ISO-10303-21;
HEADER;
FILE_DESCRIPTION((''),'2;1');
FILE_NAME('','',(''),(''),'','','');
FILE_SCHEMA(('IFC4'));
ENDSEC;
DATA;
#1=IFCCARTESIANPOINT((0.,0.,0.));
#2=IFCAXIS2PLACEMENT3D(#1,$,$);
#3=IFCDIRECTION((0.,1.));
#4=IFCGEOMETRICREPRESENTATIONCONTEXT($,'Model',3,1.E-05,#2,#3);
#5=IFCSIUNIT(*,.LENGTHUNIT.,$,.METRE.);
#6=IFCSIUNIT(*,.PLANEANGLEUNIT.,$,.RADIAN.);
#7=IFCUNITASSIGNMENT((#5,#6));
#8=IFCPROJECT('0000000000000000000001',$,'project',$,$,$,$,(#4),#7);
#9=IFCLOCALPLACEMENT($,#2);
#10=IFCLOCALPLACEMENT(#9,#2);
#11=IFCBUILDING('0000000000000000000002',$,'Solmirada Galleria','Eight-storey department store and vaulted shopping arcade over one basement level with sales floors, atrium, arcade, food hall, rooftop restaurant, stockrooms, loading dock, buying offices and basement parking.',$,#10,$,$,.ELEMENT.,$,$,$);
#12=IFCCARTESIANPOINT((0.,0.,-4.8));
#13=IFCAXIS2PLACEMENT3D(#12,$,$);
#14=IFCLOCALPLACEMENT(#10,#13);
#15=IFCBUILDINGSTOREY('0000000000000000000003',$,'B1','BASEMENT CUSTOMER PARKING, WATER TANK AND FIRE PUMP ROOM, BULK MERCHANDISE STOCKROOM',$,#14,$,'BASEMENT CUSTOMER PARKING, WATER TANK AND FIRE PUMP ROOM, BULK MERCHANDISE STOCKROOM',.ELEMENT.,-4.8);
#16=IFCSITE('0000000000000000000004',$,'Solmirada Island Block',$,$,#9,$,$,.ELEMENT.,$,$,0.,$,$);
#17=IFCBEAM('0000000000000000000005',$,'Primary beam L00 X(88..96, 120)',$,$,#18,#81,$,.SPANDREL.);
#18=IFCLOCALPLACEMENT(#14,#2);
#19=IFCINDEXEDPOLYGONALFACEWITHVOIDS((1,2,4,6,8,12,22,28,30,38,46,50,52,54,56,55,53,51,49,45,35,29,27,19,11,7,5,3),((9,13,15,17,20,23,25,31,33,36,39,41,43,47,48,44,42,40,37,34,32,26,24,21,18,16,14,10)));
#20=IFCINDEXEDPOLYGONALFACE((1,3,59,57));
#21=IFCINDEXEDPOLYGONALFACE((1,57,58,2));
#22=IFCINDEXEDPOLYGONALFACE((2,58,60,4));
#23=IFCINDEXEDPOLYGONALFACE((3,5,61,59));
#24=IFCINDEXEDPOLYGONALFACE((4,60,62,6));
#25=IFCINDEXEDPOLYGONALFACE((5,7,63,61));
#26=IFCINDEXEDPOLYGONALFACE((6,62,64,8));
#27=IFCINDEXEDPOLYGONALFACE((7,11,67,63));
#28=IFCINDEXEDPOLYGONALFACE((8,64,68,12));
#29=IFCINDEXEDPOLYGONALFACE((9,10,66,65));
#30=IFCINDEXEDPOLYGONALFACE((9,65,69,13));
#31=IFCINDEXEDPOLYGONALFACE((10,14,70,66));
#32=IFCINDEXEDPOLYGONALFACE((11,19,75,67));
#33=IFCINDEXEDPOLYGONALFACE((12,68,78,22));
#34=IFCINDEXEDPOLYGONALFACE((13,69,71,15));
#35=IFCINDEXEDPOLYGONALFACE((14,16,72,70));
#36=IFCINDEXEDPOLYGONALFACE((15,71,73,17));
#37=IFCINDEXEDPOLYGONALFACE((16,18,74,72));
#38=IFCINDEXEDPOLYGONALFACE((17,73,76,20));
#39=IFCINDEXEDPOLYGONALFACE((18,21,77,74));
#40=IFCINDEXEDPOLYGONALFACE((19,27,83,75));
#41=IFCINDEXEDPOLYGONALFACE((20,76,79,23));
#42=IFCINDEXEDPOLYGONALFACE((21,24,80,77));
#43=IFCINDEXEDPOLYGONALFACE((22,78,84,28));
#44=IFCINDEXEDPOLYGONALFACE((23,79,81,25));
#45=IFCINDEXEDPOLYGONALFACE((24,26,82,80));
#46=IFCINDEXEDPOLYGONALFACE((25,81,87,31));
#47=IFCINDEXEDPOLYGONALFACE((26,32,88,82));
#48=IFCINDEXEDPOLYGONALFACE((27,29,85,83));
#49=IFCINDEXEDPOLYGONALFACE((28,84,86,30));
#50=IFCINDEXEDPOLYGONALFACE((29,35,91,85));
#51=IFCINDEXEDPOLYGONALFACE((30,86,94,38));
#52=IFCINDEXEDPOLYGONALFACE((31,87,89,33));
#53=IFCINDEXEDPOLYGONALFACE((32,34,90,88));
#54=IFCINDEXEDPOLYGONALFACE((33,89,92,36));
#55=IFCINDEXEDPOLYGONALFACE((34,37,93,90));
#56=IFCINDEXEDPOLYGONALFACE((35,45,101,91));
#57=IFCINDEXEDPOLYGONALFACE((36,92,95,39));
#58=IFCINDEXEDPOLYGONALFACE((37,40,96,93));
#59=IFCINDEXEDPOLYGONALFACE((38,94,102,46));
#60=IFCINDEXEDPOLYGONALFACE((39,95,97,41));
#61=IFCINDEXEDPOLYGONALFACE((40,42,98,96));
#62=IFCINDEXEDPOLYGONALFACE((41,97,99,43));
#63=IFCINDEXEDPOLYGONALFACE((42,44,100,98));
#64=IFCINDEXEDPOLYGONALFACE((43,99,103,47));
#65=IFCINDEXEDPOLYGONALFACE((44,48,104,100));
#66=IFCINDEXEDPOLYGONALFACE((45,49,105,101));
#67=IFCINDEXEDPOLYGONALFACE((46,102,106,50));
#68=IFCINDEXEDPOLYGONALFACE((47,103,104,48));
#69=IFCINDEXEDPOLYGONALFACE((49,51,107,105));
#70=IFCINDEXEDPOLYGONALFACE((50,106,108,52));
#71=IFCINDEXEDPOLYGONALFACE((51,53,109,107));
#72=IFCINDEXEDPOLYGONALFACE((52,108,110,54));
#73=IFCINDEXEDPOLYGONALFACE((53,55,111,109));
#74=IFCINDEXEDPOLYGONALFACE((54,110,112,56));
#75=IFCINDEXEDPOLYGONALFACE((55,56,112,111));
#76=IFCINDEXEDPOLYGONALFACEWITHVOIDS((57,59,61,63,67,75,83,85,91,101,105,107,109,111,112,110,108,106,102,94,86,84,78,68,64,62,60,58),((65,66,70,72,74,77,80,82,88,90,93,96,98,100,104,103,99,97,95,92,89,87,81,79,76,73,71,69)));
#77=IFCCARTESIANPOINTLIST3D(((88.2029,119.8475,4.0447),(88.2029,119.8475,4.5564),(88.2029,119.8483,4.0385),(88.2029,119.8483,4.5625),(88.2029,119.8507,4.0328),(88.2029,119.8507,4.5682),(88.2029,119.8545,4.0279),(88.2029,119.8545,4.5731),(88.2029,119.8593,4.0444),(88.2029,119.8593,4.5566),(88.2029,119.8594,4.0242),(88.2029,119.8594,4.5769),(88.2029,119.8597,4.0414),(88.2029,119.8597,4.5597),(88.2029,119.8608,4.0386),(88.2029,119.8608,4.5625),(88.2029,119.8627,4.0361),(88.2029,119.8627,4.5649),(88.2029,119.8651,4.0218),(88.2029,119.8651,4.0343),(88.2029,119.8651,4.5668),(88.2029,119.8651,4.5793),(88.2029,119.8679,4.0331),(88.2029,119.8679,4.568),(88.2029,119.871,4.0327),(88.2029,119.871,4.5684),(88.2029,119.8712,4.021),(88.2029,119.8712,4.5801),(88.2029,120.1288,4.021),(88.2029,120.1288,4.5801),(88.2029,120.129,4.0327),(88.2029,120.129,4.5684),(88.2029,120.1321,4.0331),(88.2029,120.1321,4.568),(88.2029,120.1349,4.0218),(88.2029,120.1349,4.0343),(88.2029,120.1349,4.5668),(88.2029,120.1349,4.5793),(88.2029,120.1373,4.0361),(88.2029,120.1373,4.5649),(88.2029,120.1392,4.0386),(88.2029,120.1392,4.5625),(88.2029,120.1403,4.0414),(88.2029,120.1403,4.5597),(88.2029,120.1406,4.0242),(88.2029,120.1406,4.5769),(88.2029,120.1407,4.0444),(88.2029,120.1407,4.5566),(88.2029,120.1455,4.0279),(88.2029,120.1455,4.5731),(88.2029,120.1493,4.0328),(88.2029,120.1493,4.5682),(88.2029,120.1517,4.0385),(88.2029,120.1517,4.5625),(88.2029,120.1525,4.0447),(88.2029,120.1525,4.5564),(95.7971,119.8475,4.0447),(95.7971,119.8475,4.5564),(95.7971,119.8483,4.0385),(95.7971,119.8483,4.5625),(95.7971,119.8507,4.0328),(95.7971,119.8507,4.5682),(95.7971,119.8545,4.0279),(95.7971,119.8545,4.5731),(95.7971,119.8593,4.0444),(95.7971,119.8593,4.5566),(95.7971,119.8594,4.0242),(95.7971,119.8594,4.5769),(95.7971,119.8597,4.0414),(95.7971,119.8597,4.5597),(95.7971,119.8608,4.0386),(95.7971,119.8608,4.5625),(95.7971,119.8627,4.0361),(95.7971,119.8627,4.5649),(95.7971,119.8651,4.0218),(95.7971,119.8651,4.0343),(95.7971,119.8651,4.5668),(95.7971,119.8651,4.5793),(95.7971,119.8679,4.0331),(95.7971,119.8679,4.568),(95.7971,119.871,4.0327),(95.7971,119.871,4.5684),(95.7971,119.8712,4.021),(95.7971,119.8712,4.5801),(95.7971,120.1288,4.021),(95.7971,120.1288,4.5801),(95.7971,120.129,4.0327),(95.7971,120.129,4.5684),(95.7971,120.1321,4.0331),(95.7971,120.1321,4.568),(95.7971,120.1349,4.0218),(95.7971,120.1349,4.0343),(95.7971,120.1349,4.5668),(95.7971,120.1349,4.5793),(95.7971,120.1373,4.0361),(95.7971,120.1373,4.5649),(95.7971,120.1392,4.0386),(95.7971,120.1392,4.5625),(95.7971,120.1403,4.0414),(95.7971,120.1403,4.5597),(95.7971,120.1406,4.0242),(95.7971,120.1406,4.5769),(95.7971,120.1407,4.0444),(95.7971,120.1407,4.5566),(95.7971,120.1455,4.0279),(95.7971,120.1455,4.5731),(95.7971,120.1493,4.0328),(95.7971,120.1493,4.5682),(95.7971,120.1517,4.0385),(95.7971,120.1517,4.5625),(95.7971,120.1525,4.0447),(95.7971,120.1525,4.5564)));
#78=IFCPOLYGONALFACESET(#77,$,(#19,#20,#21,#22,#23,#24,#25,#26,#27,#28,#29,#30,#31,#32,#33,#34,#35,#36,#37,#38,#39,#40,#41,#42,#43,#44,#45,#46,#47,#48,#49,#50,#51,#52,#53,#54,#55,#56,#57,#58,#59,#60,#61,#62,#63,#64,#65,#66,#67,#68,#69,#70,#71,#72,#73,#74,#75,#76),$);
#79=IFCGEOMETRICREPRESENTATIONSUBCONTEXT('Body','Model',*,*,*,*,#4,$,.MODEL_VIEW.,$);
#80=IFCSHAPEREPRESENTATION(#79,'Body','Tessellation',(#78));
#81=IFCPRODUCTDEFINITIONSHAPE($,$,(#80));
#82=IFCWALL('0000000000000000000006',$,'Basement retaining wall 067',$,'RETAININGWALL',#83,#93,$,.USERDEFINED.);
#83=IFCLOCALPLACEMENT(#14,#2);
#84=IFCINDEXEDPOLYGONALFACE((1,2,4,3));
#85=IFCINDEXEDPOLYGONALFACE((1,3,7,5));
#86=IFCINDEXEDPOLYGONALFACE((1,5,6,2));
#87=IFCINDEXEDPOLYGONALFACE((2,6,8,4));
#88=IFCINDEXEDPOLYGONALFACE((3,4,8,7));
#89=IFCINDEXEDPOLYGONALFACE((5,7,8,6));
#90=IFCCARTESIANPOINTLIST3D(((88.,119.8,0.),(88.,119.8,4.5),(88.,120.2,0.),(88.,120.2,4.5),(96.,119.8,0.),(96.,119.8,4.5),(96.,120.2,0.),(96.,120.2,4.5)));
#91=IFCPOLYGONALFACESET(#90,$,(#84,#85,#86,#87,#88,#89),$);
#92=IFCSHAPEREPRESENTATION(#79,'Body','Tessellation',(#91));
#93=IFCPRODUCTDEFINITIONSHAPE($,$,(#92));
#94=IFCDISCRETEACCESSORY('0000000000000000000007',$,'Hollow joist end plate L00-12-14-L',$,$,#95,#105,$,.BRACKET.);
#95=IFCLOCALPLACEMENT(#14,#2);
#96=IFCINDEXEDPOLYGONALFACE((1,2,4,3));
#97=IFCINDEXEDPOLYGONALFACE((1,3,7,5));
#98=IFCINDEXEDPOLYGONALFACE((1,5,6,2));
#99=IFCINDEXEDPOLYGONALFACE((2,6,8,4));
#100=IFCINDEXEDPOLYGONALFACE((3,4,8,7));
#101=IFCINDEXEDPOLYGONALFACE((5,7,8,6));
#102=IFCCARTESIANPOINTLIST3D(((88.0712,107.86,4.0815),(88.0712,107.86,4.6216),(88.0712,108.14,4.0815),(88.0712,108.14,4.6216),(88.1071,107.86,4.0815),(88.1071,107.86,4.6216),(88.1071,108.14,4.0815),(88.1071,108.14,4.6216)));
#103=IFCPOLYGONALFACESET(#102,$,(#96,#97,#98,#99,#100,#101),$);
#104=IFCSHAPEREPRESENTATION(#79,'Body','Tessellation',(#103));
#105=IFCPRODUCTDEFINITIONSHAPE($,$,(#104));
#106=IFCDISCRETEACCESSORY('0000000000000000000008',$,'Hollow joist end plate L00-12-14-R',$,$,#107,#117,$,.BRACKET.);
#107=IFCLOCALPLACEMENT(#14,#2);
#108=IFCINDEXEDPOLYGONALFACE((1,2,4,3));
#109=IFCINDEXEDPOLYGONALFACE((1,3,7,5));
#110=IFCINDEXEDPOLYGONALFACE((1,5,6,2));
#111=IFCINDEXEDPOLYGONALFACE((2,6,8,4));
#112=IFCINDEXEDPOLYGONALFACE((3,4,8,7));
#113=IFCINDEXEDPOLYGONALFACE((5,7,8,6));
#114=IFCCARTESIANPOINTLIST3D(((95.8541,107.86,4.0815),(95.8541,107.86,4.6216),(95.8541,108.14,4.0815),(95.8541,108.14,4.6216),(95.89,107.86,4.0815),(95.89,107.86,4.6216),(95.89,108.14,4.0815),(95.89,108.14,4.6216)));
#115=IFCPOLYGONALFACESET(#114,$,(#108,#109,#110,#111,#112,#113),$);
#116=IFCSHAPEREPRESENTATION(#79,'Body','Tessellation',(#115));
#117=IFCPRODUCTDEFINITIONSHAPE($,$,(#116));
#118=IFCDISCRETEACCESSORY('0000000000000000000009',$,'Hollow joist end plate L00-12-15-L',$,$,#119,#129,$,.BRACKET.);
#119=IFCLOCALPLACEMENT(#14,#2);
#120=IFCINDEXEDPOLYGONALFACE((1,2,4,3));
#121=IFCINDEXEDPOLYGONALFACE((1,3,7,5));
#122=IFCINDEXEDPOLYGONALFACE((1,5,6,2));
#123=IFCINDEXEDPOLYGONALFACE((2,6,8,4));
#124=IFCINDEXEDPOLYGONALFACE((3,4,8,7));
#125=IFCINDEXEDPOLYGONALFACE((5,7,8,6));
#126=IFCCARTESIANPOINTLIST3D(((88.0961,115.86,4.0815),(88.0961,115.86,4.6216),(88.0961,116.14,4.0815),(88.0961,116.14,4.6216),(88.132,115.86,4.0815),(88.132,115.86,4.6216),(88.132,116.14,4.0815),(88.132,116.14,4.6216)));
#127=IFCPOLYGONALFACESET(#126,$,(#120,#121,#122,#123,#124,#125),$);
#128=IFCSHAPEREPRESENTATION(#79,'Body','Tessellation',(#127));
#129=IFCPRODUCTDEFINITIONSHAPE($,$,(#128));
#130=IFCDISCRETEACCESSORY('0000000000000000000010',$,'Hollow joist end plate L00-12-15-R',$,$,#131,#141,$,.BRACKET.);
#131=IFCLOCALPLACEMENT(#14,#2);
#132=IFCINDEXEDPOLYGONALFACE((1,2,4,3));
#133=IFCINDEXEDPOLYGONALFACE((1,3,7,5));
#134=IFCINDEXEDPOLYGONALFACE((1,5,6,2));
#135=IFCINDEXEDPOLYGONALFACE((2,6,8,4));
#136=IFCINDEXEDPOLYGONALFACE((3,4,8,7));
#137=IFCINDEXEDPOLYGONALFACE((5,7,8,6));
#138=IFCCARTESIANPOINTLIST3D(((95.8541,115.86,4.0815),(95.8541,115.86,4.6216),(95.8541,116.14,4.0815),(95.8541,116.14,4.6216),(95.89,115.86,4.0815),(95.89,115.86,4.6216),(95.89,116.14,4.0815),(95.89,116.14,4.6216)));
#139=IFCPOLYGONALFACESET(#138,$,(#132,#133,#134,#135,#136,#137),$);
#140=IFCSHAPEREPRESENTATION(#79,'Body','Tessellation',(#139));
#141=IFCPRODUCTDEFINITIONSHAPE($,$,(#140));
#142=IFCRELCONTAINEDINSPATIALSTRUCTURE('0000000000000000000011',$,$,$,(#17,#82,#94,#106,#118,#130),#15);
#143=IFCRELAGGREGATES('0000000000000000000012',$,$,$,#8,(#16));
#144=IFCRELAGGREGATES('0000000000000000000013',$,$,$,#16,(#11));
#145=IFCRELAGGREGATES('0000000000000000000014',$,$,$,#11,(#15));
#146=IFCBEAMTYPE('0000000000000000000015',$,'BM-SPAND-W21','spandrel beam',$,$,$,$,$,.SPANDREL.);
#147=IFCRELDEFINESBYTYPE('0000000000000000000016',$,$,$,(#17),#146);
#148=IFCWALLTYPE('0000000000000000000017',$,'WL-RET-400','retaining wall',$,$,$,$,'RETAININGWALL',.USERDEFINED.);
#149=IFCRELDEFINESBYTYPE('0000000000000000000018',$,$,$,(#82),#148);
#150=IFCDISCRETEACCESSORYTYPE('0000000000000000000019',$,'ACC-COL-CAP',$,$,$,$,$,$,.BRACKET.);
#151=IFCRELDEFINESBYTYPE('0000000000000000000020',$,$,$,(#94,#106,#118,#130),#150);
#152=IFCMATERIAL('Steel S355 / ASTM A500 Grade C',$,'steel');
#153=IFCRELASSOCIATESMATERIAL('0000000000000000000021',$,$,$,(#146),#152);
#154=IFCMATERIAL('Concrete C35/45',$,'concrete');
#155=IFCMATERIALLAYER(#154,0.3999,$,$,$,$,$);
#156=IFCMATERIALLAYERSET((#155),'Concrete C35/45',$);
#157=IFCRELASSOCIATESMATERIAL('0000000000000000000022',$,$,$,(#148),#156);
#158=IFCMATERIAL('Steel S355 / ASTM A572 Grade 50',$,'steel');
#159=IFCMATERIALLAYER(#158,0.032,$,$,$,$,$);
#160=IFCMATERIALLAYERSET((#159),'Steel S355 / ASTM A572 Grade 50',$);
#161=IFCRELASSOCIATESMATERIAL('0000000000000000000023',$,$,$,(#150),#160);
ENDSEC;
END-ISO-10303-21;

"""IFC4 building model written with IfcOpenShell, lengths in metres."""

from ifc_helpers import new_model, si_unit, direction, frame, frame_2d, origin, origin_2d, place, context, subcontext, project, spatial, rectangle, hollow_rectangle, extrude, material, layer, layer_set, material_profile, profile_set, type_object, element, save


model = new_model("IFC4")

# Units and contexts
model_context = context("Model", 3, precision=1e-05, world=origin(), true_north=direction((0.0, 1.0)))
body_context = subcontext(model_context, "Body", "Model", "MODEL_VIEW")
ifc_project = project(units=[si_unit("LENGTHUNIT", "METRE"), si_unit("PLANEANGLEUNIT", "RADIAN")], contexts=[model_context])

# Site, building, storey
site_placement = place(None, origin())
site = spatial("IfcSite", under=ifc_project, at=site_placement, Name="Solmirada Island Block", CompositionType="ELEMENT", RefElevation=0.0)
building_placement = place(site_placement, origin())
building = spatial("IfcBuilding", under=site, at=building_placement, Name="Solmirada Galleria", Description="Eight-storey department store and vaulted shopping arcade over one basement level with sales floors, atrium, arcade, food hall, rooftop restaurant, stockrooms, loading dock, buying offices and basement parking.", CompositionType="ELEMENT")
storey_placement = place(building_placement, frame((0.0, 0.0, -4.8)))
storey = spatial("IfcBuildingStorey", under=building, at=storey_placement, Name="B1", Description="BASEMENT CUSTOMER PARKING, WATER TANK AND FIRE PUMP ROOM, BULK MERCHANDISE STOCKROOM", LongName="BASEMENT CUSTOMER PARKING, WATER TANK AND FIRE PUMP ROOM, BULK MERCHANDISE STOCKROOM", CompositionType="ELEMENT", Elevation=-4.8)

# Shared definitions
ifc_material_1 = material(Name="Concrete C35/45", Category="concrete")

# Shared definitions
ifc_material_2 = material(Name="Steel S355 / ASTM A500 Grade C", Category="steel")

# Beam
ifc_material_profile_1 = material_profile(ifc_material_2, hollow_rectangle(XDim=0.3049, YDim=0.5591, WallThickness=0.0117, InnerFilletRadius=0.0117, OuterFilletRadius=0.0237, at=origin_2d()), Name="HSS22X12X1/2")
ifc_profile_set_1 = profile_set([ifc_material_profile_1], Name="Steel S355 / ASTM A500 Grade C")
beam_type_1 = type_object("IfcBeamType", Name="BM-SPAND-W21", Description="spandrel beam", PredefinedType="SPANDREL", material=ifc_profile_set_1)
beam_1_placement = place(storey_placement, frame((88.2029, 120.0, 4.3005), z_axis=(1.0, 0.0, 0.0), x_axis=(0.0, 1.0, 0.0)))
element("IfcBeam", 1, at=beam_1_placement, inside=storey, type_object=beam_type_1, Name="Primary beam L00 X(88..96, 120)", PredefinedType="SPANDREL", context=body_context, shape_type="SweptSolid", body=[
    extrude(hollow_rectangle(XDim=0.3049, YDim=0.5591, WallThickness=0.0117, InnerFilletRadius=0.0117, OuterFilletRadius=0.0237, at=origin_2d()), origin(), (0.0, 0.0, 1.0), 7.5942),
])

# Wall
ifc_layer_1 = layer(ifc_material_1, 0.3999)
ifc_layer_set_1 = layer_set([ifc_layer_1], Name="Concrete C35/45")
wall_type = type_object("IfcWallType", Name="WL-RET-400", Description="retaining wall", ElementType="RETAININGWALL", PredefinedType="USERDEFINED", material=ifc_layer_set_1)
wall_placement = place(storey_placement, frame((88.0, 120.0, 0.0), z_axis=(0.0, 0.0, 1.0), x_axis=(1.0, 0.0, 0.0)))
element("IfcWall", 2, at=wall_placement, inside=storey, type_object=wall_type, Name="Basement retaining wall 067", ObjectType="RETAININGWALL", PredefinedType="USERDEFINED", context=body_context, shape_type="SweptSolid", body=[
    extrude(rectangle(XDim=8.0, YDim=0.3999, at=frame_2d((4.0, 0.0))), origin(), (0.0, 0.0, 1.0), 4.5),
])

# Discrete accessories
ifc_material_3 = material(Name="Steel S355 / ASTM A572 Grade 50", Category="steel")
ifc_layer_2 = layer(ifc_material_3, 0.032)
ifc_layer_set_2 = layer_set([ifc_layer_2], Name="Steel S355 / ASTM A572 Grade 50")
discrete_accessory_type = type_object("IfcDiscreteAccessoryType", Name="ACC-COL-CAP", PredefinedType="BRACKET", material=ifc_layer_set_2)
for number, where, z_axis, x_axis, name in (
    (3, (88.0891, 108.0, 4.0815), (0.0, 0.0, 1.0), (1.0, 0.0, 0.0), "Hollow joist end plate L00-12-14-L"),
    (4, (95.8721, 108.0, 4.0815), (0.0, 0.0, 1.0), (1.0, 0.0, 0.0), "Hollow joist end plate L00-12-14-R"),
    (5, (88.114, 116.0, 4.0815), (0.0, 0.0, 1.0), (1.0, 0.0, 0.0), "Hollow joist end plate L00-12-15-L"),
    (6, (95.8721, 116.0, 4.0815), (0.0, 0.0, 1.0), (1.0, 0.0, 0.0), "Hollow joist end plate L00-12-15-R"),
):
    element("IfcDiscreteAccessory", number, at=place(storey_placement, frame(where, z_axis=z_axis, x_axis=x_axis)), inside=storey, type_object=discrete_accessory_type, Name=name, PredefinedType="BRACKET", context=body_context, shape_type="SweptSolid", body=[
        extrude(rectangle(XDim=0.0359, YDim=0.28, at=origin_2d()), origin(), (0.0, 0.0, 1.0), 0.54),
    ])

save(model, "model.ifc")
